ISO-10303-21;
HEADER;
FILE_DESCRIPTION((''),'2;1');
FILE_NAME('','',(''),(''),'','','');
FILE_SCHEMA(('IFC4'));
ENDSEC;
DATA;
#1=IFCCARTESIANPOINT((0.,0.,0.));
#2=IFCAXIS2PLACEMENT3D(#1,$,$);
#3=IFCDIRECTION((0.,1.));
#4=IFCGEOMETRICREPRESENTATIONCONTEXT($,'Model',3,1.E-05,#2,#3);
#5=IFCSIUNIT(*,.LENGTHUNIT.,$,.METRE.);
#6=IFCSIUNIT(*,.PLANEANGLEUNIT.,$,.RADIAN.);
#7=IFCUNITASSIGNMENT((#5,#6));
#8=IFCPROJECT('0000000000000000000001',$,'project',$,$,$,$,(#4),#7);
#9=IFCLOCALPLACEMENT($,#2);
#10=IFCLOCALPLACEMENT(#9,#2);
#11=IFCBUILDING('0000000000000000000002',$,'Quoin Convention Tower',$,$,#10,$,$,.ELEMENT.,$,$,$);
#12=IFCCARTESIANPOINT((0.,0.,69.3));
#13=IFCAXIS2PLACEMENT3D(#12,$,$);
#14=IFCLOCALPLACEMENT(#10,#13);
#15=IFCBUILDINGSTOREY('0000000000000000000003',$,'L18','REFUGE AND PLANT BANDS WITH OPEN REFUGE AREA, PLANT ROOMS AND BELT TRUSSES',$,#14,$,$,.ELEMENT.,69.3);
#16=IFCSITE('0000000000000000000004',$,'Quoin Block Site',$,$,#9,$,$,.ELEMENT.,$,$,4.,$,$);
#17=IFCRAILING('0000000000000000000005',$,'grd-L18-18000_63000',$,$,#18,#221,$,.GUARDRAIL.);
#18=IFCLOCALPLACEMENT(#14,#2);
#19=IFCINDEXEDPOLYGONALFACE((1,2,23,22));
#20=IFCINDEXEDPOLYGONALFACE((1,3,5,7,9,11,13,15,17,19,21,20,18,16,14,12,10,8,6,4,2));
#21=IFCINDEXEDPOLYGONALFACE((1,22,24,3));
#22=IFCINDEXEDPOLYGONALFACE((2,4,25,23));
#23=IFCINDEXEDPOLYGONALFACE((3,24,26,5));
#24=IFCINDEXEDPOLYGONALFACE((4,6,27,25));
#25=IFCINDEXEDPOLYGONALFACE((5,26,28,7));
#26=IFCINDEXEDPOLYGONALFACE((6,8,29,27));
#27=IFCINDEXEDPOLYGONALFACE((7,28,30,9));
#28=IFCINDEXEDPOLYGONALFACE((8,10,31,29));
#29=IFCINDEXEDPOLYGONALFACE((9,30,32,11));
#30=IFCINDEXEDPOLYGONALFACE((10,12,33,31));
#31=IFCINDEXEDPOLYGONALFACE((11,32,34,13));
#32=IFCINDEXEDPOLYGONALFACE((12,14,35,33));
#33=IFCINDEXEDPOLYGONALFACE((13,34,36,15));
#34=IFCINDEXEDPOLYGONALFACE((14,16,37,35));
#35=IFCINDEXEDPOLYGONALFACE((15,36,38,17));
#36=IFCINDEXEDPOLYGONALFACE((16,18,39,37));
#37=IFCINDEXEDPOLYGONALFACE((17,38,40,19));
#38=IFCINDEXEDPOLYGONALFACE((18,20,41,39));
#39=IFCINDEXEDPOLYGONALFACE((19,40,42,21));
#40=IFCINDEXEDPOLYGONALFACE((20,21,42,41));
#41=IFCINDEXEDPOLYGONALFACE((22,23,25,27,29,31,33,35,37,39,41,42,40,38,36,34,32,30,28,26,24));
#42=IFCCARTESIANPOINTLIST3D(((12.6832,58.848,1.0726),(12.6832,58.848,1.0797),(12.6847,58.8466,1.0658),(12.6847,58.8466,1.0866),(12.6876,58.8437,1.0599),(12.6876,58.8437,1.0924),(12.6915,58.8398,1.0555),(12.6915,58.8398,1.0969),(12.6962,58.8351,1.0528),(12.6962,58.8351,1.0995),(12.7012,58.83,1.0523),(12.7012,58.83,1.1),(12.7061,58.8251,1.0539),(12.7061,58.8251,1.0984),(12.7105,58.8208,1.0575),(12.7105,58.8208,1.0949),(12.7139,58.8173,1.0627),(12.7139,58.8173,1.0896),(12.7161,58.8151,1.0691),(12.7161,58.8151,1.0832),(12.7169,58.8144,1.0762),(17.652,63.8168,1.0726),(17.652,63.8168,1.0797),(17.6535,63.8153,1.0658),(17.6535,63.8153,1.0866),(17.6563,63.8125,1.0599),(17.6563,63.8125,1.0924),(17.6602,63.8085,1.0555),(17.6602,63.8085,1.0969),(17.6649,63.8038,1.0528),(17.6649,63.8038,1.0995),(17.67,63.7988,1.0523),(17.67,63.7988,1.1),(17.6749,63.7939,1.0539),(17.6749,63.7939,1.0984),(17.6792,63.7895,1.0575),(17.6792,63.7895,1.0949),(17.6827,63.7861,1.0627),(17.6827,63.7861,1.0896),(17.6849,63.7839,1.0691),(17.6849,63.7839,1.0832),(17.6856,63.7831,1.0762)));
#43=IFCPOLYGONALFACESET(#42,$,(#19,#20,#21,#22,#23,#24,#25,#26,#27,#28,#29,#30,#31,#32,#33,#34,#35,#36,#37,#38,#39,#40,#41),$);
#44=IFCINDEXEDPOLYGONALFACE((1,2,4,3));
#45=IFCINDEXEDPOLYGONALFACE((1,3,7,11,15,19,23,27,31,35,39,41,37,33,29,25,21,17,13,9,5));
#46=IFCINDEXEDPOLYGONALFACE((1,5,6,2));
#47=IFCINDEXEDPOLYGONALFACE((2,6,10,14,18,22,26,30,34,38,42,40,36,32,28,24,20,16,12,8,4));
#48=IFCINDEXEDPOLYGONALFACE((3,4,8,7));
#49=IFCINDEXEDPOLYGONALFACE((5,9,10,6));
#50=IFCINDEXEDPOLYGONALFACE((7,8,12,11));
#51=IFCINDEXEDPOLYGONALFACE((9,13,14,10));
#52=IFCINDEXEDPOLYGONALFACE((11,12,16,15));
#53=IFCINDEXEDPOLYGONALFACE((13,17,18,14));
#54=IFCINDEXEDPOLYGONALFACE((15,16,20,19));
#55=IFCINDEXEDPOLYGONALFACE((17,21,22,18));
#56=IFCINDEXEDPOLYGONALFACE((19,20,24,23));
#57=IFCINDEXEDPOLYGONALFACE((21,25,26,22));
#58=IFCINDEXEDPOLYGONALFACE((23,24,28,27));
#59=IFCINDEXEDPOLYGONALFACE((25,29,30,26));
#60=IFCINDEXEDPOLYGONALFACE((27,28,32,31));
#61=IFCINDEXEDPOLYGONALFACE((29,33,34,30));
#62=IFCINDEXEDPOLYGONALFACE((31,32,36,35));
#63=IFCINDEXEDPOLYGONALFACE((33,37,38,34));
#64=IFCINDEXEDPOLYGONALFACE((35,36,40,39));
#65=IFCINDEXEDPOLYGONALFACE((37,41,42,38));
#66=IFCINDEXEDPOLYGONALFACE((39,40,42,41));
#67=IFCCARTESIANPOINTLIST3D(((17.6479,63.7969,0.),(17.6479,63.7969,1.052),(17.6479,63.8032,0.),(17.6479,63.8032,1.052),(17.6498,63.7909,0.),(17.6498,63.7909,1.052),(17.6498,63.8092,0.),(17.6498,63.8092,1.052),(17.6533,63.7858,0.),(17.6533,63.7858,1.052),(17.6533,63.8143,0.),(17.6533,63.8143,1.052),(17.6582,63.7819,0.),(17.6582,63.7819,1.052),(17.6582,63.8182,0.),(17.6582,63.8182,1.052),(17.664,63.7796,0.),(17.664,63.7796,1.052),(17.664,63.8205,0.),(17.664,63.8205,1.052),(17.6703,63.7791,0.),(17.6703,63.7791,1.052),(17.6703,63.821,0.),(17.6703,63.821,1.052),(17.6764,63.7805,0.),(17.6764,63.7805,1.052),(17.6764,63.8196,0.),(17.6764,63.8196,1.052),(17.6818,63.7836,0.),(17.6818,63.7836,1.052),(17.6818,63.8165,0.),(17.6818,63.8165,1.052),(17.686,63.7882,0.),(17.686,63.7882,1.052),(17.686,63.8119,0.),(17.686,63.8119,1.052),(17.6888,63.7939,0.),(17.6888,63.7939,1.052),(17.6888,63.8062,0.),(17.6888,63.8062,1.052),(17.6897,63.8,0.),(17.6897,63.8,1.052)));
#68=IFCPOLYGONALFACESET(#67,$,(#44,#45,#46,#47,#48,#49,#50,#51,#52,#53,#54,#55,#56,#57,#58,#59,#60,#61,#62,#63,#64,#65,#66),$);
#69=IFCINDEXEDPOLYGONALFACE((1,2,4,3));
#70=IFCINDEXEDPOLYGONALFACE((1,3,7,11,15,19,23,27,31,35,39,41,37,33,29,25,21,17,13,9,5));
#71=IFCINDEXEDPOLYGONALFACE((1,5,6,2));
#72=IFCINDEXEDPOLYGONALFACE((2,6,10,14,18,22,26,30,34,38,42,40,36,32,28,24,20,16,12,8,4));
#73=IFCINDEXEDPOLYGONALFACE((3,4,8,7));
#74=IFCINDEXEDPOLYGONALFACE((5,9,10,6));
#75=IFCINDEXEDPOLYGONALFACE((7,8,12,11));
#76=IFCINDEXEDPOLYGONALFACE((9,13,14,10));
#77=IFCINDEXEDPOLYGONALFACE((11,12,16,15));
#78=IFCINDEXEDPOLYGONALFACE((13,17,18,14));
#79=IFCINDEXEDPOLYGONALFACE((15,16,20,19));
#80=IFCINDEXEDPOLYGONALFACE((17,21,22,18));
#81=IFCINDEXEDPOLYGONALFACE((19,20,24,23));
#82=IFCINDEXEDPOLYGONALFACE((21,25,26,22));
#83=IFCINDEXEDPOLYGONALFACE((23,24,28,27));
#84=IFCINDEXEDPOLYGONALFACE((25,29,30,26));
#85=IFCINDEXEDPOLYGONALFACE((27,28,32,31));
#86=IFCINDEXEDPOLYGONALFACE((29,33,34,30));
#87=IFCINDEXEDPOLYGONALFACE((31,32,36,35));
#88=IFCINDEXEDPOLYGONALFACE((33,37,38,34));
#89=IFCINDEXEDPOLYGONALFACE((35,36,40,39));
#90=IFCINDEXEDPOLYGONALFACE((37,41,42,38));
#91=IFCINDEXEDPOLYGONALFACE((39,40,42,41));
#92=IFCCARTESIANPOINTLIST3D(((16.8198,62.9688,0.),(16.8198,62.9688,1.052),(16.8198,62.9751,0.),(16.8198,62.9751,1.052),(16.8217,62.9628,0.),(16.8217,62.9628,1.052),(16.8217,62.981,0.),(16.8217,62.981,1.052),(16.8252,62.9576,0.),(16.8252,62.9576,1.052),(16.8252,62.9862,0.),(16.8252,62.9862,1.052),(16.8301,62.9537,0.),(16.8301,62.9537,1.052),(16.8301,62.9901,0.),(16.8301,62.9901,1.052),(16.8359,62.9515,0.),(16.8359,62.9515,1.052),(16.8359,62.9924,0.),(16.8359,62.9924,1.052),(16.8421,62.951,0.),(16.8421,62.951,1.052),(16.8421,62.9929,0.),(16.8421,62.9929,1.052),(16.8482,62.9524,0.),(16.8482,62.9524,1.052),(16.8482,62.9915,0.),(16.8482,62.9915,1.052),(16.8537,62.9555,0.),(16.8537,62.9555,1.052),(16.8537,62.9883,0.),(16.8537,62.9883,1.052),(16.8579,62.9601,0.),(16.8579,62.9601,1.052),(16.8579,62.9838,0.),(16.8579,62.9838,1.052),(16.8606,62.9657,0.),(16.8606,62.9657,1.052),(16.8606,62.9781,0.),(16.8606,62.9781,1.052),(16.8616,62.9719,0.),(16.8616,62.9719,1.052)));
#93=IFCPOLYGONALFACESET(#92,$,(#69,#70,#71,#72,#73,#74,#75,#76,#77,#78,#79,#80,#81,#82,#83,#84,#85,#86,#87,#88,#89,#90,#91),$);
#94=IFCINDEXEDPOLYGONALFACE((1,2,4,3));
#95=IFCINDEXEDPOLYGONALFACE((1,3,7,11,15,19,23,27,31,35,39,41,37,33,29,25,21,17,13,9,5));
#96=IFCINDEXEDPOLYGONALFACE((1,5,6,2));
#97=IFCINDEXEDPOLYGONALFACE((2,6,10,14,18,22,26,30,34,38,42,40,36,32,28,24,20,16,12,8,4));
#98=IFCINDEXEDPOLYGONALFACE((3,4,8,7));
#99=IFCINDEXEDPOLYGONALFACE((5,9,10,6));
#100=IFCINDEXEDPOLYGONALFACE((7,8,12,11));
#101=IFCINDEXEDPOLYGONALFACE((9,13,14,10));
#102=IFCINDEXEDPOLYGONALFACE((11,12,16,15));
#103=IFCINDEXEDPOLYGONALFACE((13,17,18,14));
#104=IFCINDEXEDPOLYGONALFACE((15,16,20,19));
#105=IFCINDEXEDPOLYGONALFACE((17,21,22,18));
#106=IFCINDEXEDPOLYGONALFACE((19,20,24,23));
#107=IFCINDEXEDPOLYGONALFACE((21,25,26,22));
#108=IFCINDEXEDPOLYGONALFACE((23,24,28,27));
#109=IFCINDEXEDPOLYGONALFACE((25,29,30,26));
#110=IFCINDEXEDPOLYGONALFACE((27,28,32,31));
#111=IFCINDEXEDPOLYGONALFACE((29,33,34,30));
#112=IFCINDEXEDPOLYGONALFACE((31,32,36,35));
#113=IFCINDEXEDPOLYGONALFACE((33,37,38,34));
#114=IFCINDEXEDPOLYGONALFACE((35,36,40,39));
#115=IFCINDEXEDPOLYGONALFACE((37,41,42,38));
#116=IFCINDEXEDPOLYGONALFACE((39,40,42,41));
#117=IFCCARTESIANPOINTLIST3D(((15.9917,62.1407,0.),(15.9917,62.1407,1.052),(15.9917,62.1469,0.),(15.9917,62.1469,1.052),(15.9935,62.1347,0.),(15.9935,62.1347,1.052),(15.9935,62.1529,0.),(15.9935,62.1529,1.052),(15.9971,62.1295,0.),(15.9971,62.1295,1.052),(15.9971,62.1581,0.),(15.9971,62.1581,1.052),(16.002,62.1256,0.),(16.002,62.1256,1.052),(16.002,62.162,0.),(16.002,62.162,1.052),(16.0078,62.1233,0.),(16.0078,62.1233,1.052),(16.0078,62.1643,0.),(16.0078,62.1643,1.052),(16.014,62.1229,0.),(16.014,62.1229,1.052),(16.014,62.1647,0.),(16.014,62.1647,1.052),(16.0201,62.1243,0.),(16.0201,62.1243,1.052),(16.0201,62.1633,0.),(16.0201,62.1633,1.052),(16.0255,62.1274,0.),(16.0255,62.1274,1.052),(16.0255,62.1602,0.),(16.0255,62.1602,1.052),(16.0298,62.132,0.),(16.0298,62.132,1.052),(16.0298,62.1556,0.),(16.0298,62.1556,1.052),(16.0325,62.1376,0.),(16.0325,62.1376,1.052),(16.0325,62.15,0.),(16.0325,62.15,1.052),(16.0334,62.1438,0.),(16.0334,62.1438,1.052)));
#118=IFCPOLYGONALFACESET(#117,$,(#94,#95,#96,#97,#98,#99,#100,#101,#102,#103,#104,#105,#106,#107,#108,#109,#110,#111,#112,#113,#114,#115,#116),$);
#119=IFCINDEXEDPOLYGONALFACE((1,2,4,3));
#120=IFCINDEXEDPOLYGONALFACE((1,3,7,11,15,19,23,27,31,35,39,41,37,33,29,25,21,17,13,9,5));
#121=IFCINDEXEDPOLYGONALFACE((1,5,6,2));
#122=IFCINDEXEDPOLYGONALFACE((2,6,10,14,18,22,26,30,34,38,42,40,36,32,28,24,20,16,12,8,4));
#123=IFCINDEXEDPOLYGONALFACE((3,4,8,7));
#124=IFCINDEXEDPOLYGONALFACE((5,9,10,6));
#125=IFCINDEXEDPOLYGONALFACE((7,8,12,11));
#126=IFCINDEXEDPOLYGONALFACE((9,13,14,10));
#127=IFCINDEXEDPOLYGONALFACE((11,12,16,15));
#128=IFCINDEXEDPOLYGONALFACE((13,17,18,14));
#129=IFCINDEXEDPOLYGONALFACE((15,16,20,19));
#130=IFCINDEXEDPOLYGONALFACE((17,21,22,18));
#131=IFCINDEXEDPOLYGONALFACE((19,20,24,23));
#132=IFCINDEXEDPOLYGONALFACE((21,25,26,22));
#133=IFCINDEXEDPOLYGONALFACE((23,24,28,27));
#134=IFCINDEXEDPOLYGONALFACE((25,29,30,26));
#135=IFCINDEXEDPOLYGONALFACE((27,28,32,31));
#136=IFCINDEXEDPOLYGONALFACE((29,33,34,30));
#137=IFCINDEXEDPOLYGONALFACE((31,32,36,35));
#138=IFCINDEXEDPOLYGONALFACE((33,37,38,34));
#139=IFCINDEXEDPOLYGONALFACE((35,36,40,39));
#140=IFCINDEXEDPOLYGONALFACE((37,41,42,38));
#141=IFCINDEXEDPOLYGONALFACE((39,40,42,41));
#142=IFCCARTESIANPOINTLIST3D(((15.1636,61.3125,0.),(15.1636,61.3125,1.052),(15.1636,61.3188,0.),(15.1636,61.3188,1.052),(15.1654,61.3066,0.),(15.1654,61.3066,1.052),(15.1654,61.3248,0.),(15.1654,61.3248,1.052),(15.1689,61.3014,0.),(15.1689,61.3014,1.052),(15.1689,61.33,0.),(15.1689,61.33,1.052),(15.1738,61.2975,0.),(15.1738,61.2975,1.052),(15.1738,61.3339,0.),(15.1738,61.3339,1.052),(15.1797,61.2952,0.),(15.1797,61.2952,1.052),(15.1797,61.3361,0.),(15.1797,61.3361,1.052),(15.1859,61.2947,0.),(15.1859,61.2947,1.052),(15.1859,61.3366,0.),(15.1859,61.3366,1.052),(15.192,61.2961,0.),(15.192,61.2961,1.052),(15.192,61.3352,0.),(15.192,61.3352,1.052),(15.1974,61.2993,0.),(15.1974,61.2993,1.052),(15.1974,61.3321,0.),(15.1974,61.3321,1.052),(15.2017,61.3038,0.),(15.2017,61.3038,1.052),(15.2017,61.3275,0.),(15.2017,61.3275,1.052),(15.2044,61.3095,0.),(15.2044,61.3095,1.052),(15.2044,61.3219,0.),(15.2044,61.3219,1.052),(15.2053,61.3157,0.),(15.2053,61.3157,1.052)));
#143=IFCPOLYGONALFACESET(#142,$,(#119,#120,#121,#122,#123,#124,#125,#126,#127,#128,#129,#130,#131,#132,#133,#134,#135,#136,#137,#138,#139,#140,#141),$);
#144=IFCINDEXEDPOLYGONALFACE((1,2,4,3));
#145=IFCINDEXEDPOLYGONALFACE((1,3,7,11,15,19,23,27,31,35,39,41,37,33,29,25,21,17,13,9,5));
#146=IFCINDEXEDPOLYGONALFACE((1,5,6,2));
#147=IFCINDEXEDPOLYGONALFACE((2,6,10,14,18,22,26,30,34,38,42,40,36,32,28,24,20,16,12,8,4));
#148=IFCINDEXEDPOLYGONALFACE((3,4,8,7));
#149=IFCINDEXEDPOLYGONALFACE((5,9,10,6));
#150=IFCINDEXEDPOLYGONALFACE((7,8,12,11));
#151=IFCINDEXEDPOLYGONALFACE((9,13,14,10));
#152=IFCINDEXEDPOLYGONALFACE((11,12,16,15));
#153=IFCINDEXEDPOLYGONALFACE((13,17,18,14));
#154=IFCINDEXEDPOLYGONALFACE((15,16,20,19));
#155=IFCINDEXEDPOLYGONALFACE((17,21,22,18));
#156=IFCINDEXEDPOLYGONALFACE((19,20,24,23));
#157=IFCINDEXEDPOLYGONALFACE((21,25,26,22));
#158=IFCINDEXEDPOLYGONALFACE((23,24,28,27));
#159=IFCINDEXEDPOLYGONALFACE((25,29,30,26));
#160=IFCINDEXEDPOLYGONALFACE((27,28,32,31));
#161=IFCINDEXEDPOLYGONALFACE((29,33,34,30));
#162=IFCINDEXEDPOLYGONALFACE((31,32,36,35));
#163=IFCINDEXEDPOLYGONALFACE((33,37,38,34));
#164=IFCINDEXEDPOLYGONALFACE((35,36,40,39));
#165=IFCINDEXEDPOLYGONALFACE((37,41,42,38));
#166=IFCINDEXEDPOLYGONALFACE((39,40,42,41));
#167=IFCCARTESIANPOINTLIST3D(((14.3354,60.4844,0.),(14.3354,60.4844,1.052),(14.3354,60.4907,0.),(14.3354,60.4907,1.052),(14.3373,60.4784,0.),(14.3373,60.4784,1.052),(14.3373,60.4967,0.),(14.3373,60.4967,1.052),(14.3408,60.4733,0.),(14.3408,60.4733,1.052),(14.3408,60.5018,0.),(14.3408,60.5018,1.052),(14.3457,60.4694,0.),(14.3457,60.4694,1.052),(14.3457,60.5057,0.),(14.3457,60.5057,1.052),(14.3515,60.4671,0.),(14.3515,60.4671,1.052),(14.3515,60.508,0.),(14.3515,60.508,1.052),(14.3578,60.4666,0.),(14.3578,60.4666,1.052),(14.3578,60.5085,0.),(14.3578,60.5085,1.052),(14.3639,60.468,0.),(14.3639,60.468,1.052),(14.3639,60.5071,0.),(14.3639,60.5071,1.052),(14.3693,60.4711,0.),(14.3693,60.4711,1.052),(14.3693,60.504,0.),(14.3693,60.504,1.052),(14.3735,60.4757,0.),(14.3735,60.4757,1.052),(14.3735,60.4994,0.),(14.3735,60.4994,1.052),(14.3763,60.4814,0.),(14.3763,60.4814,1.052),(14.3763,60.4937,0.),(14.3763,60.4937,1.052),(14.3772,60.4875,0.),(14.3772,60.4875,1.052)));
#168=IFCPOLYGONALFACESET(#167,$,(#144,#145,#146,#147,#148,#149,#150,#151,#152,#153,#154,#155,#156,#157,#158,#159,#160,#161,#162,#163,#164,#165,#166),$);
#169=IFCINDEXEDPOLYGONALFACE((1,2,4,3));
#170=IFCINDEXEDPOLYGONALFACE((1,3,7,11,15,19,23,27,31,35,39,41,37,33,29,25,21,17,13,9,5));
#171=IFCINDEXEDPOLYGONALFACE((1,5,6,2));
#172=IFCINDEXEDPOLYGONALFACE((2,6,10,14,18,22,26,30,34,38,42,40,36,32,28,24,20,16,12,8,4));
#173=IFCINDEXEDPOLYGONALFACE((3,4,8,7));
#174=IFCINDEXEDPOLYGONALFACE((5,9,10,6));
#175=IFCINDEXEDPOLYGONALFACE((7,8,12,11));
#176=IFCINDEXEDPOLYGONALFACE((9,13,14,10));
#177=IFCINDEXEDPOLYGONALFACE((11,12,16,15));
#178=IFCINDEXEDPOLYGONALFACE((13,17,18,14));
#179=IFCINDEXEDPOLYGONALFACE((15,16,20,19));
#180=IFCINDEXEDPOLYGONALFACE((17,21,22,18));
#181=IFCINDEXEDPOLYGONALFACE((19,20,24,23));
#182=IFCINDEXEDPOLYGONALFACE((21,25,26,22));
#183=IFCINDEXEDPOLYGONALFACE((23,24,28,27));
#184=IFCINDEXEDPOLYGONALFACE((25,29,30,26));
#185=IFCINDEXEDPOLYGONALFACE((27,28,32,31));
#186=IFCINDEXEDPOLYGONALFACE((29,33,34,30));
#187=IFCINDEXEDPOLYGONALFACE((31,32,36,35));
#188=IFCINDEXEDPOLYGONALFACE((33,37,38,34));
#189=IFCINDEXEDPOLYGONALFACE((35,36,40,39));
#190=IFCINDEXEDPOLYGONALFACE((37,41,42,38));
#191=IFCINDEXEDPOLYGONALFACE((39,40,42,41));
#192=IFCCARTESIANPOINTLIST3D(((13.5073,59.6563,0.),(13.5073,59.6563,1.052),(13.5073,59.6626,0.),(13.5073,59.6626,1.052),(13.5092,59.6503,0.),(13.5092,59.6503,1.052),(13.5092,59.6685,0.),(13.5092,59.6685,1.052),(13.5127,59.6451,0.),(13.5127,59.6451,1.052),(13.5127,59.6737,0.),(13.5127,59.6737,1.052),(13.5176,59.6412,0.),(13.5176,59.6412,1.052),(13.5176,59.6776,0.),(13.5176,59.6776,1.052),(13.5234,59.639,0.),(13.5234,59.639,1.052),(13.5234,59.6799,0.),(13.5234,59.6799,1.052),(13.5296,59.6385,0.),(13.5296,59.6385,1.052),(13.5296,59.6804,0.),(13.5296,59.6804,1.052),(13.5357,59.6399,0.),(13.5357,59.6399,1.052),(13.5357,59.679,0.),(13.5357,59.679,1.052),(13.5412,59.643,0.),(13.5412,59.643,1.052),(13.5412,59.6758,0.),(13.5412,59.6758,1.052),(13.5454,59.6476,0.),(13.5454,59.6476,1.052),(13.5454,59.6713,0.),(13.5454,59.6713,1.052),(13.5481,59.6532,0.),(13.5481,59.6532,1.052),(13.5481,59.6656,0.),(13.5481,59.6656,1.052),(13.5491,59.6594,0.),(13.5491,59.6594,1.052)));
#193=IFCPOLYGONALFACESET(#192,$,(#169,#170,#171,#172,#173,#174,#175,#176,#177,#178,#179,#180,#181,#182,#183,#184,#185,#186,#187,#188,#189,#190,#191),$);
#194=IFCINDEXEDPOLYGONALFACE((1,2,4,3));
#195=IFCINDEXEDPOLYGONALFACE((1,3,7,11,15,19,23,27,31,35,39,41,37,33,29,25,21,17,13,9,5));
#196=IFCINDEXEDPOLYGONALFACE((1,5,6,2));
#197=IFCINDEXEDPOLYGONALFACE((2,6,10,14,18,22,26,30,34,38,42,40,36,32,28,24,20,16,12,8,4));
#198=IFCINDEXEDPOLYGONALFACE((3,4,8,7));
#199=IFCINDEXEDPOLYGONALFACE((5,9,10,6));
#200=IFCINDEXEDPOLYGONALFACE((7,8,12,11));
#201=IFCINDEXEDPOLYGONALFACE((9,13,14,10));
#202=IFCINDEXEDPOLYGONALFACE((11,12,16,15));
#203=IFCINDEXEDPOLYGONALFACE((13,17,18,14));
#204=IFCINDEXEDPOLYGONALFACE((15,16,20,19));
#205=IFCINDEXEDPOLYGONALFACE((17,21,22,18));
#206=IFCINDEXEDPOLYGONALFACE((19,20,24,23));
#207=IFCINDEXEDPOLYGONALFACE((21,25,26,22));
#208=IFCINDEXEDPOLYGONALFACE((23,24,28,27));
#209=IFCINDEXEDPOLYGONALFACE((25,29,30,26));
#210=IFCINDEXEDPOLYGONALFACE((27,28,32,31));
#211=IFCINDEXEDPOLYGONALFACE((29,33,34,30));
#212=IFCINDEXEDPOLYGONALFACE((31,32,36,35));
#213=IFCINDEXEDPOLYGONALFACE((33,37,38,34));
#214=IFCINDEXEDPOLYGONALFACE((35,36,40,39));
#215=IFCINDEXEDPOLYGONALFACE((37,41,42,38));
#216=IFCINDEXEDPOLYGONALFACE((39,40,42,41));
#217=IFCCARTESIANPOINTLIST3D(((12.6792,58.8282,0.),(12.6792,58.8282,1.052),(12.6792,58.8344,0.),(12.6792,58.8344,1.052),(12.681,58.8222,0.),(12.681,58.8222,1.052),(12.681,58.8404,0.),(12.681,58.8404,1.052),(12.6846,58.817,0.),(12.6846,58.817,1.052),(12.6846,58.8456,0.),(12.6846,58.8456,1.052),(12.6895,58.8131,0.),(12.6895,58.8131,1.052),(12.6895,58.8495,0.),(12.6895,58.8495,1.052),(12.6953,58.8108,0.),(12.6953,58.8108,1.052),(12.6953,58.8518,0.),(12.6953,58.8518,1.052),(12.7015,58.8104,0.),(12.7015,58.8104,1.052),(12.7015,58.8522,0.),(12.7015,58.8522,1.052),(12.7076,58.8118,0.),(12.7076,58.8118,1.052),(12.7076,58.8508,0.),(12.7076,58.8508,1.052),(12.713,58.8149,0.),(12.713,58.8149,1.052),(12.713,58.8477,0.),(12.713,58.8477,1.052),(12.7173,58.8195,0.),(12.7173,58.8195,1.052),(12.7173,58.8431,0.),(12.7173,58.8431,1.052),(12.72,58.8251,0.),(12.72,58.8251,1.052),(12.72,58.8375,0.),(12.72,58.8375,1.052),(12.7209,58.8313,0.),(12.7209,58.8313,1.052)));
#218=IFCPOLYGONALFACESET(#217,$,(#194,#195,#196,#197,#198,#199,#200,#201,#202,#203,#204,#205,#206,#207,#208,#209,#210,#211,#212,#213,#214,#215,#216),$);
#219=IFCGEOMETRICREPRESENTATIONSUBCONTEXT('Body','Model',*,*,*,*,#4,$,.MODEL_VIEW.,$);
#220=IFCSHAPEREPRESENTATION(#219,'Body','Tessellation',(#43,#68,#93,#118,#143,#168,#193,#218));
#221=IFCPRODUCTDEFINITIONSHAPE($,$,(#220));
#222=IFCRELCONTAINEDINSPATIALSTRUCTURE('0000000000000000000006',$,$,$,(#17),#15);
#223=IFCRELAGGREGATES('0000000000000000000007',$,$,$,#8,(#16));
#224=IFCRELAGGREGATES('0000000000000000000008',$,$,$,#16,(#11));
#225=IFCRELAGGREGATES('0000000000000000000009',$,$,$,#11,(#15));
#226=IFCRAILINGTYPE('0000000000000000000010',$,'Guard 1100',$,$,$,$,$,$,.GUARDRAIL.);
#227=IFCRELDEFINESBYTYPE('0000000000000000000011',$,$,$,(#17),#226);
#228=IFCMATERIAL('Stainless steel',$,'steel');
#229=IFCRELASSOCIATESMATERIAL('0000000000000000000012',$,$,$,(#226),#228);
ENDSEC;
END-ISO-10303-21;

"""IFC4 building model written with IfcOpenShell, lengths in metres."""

from ifc_helpers import new_model, si_unit, direction, frame, origin, origin_2d, place, context, subcontext, project, spatial, circle, extrude, material, type_object, element, save


model = new_model("IFC4")

# Units and contexts
model_context = context("Model", 3, precision=1e-05, world=origin(), true_north=direction((0.0, 1.0)))
body_context = subcontext(model_context, "Body", "Model", "MODEL_VIEW")
ifc_project = project(units=[si_unit("LENGTHUNIT", "METRE"), si_unit("PLANEANGLEUNIT", "RADIAN")], contexts=[model_context])

# Site, building, storey
site_placement = place(None, origin())
site = spatial("IfcSite", under=ifc_project, at=site_placement, Name="Quoin Block Site", CompositionType="ELEMENT", RefElevation=4.0)
building_placement = place(site_placement, origin())
building = spatial("IfcBuilding", under=site, at=building_placement, Name="Quoin Convention Tower", CompositionType="ELEMENT")
storey_placement = place(building_placement, frame((0.0, 0.0, 69.3)))
storey = spatial("IfcBuildingStorey", under=building, at=storey_placement, Name="L18", Description="REFUGE AND PLANT BANDS WITH OPEN REFUGE AREA, PLANT ROOMS AND BELT TRUSSES", CompositionType="ELEMENT", Elevation=69.3)

# Railing
ifc_material_1 = material(Name="Stainless steel", Category="steel")
railing_type = type_object("IfcRailingType", Name="Guard 1100", PredefinedType="GUARDRAIL", material=ifc_material_1)
railing_1_placement = place(storey_placement, frame((17.6687, 63.8, 0.0)))
element("IfcRailing", 1, at=railing_1_placement, inside=storey, type_object=railing_type, Name="grd-L18-18000_63000", PredefinedType="GUARDRAIL", context=body_context, shape_type="SweptSolid", body=[
    extrude(circle(Radius=0.0239, at=origin_2d()), frame((0.0, 0.0, 1.0762), z_axis=(-0.707107, -0.707107, 0.0), x_axis=(0.707107, -0.707107, 0.0)), (0.0, 0.0, 1.0), 7.0269),
    extrude(circle(Radius=0.021, at=origin_2d()), origin(), (0.0, 0.0, 1.0), 1.052),
    extrude(circle(Radius=0.021, at=origin_2d()), frame((-0.8281, -0.8281, 0.0)), (0.0, 0.0, 1.0), 1.052),
    extrude(circle(Radius=0.021, at=origin_2d()), frame((-1.6562, -1.6562, 0.0)), (0.0, 0.0, 1.0), 1.052),
    extrude(circle(Radius=0.021, at=origin_2d()), frame((-2.4844, -2.4844, 0.0)), (0.0, 0.0, 1.0), 1.052),
    extrude(circle(Radius=0.021, at=origin_2d()), frame((-3.3125, -3.3125, 0.0)), (0.0, 0.0, 1.0), 1.052),
    extrude(circle(Radius=0.021, at=origin_2d()), frame((-4.1406, -4.1406, 0.0)), (0.0, 0.0, 1.0), 1.052),
    extrude(circle(Radius=0.021, at=origin_2d()), frame((-4.9688, -4.9688, 0.0)), (0.0, 0.0, 1.0), 1.052),
])

save(model, "model.ifc")
